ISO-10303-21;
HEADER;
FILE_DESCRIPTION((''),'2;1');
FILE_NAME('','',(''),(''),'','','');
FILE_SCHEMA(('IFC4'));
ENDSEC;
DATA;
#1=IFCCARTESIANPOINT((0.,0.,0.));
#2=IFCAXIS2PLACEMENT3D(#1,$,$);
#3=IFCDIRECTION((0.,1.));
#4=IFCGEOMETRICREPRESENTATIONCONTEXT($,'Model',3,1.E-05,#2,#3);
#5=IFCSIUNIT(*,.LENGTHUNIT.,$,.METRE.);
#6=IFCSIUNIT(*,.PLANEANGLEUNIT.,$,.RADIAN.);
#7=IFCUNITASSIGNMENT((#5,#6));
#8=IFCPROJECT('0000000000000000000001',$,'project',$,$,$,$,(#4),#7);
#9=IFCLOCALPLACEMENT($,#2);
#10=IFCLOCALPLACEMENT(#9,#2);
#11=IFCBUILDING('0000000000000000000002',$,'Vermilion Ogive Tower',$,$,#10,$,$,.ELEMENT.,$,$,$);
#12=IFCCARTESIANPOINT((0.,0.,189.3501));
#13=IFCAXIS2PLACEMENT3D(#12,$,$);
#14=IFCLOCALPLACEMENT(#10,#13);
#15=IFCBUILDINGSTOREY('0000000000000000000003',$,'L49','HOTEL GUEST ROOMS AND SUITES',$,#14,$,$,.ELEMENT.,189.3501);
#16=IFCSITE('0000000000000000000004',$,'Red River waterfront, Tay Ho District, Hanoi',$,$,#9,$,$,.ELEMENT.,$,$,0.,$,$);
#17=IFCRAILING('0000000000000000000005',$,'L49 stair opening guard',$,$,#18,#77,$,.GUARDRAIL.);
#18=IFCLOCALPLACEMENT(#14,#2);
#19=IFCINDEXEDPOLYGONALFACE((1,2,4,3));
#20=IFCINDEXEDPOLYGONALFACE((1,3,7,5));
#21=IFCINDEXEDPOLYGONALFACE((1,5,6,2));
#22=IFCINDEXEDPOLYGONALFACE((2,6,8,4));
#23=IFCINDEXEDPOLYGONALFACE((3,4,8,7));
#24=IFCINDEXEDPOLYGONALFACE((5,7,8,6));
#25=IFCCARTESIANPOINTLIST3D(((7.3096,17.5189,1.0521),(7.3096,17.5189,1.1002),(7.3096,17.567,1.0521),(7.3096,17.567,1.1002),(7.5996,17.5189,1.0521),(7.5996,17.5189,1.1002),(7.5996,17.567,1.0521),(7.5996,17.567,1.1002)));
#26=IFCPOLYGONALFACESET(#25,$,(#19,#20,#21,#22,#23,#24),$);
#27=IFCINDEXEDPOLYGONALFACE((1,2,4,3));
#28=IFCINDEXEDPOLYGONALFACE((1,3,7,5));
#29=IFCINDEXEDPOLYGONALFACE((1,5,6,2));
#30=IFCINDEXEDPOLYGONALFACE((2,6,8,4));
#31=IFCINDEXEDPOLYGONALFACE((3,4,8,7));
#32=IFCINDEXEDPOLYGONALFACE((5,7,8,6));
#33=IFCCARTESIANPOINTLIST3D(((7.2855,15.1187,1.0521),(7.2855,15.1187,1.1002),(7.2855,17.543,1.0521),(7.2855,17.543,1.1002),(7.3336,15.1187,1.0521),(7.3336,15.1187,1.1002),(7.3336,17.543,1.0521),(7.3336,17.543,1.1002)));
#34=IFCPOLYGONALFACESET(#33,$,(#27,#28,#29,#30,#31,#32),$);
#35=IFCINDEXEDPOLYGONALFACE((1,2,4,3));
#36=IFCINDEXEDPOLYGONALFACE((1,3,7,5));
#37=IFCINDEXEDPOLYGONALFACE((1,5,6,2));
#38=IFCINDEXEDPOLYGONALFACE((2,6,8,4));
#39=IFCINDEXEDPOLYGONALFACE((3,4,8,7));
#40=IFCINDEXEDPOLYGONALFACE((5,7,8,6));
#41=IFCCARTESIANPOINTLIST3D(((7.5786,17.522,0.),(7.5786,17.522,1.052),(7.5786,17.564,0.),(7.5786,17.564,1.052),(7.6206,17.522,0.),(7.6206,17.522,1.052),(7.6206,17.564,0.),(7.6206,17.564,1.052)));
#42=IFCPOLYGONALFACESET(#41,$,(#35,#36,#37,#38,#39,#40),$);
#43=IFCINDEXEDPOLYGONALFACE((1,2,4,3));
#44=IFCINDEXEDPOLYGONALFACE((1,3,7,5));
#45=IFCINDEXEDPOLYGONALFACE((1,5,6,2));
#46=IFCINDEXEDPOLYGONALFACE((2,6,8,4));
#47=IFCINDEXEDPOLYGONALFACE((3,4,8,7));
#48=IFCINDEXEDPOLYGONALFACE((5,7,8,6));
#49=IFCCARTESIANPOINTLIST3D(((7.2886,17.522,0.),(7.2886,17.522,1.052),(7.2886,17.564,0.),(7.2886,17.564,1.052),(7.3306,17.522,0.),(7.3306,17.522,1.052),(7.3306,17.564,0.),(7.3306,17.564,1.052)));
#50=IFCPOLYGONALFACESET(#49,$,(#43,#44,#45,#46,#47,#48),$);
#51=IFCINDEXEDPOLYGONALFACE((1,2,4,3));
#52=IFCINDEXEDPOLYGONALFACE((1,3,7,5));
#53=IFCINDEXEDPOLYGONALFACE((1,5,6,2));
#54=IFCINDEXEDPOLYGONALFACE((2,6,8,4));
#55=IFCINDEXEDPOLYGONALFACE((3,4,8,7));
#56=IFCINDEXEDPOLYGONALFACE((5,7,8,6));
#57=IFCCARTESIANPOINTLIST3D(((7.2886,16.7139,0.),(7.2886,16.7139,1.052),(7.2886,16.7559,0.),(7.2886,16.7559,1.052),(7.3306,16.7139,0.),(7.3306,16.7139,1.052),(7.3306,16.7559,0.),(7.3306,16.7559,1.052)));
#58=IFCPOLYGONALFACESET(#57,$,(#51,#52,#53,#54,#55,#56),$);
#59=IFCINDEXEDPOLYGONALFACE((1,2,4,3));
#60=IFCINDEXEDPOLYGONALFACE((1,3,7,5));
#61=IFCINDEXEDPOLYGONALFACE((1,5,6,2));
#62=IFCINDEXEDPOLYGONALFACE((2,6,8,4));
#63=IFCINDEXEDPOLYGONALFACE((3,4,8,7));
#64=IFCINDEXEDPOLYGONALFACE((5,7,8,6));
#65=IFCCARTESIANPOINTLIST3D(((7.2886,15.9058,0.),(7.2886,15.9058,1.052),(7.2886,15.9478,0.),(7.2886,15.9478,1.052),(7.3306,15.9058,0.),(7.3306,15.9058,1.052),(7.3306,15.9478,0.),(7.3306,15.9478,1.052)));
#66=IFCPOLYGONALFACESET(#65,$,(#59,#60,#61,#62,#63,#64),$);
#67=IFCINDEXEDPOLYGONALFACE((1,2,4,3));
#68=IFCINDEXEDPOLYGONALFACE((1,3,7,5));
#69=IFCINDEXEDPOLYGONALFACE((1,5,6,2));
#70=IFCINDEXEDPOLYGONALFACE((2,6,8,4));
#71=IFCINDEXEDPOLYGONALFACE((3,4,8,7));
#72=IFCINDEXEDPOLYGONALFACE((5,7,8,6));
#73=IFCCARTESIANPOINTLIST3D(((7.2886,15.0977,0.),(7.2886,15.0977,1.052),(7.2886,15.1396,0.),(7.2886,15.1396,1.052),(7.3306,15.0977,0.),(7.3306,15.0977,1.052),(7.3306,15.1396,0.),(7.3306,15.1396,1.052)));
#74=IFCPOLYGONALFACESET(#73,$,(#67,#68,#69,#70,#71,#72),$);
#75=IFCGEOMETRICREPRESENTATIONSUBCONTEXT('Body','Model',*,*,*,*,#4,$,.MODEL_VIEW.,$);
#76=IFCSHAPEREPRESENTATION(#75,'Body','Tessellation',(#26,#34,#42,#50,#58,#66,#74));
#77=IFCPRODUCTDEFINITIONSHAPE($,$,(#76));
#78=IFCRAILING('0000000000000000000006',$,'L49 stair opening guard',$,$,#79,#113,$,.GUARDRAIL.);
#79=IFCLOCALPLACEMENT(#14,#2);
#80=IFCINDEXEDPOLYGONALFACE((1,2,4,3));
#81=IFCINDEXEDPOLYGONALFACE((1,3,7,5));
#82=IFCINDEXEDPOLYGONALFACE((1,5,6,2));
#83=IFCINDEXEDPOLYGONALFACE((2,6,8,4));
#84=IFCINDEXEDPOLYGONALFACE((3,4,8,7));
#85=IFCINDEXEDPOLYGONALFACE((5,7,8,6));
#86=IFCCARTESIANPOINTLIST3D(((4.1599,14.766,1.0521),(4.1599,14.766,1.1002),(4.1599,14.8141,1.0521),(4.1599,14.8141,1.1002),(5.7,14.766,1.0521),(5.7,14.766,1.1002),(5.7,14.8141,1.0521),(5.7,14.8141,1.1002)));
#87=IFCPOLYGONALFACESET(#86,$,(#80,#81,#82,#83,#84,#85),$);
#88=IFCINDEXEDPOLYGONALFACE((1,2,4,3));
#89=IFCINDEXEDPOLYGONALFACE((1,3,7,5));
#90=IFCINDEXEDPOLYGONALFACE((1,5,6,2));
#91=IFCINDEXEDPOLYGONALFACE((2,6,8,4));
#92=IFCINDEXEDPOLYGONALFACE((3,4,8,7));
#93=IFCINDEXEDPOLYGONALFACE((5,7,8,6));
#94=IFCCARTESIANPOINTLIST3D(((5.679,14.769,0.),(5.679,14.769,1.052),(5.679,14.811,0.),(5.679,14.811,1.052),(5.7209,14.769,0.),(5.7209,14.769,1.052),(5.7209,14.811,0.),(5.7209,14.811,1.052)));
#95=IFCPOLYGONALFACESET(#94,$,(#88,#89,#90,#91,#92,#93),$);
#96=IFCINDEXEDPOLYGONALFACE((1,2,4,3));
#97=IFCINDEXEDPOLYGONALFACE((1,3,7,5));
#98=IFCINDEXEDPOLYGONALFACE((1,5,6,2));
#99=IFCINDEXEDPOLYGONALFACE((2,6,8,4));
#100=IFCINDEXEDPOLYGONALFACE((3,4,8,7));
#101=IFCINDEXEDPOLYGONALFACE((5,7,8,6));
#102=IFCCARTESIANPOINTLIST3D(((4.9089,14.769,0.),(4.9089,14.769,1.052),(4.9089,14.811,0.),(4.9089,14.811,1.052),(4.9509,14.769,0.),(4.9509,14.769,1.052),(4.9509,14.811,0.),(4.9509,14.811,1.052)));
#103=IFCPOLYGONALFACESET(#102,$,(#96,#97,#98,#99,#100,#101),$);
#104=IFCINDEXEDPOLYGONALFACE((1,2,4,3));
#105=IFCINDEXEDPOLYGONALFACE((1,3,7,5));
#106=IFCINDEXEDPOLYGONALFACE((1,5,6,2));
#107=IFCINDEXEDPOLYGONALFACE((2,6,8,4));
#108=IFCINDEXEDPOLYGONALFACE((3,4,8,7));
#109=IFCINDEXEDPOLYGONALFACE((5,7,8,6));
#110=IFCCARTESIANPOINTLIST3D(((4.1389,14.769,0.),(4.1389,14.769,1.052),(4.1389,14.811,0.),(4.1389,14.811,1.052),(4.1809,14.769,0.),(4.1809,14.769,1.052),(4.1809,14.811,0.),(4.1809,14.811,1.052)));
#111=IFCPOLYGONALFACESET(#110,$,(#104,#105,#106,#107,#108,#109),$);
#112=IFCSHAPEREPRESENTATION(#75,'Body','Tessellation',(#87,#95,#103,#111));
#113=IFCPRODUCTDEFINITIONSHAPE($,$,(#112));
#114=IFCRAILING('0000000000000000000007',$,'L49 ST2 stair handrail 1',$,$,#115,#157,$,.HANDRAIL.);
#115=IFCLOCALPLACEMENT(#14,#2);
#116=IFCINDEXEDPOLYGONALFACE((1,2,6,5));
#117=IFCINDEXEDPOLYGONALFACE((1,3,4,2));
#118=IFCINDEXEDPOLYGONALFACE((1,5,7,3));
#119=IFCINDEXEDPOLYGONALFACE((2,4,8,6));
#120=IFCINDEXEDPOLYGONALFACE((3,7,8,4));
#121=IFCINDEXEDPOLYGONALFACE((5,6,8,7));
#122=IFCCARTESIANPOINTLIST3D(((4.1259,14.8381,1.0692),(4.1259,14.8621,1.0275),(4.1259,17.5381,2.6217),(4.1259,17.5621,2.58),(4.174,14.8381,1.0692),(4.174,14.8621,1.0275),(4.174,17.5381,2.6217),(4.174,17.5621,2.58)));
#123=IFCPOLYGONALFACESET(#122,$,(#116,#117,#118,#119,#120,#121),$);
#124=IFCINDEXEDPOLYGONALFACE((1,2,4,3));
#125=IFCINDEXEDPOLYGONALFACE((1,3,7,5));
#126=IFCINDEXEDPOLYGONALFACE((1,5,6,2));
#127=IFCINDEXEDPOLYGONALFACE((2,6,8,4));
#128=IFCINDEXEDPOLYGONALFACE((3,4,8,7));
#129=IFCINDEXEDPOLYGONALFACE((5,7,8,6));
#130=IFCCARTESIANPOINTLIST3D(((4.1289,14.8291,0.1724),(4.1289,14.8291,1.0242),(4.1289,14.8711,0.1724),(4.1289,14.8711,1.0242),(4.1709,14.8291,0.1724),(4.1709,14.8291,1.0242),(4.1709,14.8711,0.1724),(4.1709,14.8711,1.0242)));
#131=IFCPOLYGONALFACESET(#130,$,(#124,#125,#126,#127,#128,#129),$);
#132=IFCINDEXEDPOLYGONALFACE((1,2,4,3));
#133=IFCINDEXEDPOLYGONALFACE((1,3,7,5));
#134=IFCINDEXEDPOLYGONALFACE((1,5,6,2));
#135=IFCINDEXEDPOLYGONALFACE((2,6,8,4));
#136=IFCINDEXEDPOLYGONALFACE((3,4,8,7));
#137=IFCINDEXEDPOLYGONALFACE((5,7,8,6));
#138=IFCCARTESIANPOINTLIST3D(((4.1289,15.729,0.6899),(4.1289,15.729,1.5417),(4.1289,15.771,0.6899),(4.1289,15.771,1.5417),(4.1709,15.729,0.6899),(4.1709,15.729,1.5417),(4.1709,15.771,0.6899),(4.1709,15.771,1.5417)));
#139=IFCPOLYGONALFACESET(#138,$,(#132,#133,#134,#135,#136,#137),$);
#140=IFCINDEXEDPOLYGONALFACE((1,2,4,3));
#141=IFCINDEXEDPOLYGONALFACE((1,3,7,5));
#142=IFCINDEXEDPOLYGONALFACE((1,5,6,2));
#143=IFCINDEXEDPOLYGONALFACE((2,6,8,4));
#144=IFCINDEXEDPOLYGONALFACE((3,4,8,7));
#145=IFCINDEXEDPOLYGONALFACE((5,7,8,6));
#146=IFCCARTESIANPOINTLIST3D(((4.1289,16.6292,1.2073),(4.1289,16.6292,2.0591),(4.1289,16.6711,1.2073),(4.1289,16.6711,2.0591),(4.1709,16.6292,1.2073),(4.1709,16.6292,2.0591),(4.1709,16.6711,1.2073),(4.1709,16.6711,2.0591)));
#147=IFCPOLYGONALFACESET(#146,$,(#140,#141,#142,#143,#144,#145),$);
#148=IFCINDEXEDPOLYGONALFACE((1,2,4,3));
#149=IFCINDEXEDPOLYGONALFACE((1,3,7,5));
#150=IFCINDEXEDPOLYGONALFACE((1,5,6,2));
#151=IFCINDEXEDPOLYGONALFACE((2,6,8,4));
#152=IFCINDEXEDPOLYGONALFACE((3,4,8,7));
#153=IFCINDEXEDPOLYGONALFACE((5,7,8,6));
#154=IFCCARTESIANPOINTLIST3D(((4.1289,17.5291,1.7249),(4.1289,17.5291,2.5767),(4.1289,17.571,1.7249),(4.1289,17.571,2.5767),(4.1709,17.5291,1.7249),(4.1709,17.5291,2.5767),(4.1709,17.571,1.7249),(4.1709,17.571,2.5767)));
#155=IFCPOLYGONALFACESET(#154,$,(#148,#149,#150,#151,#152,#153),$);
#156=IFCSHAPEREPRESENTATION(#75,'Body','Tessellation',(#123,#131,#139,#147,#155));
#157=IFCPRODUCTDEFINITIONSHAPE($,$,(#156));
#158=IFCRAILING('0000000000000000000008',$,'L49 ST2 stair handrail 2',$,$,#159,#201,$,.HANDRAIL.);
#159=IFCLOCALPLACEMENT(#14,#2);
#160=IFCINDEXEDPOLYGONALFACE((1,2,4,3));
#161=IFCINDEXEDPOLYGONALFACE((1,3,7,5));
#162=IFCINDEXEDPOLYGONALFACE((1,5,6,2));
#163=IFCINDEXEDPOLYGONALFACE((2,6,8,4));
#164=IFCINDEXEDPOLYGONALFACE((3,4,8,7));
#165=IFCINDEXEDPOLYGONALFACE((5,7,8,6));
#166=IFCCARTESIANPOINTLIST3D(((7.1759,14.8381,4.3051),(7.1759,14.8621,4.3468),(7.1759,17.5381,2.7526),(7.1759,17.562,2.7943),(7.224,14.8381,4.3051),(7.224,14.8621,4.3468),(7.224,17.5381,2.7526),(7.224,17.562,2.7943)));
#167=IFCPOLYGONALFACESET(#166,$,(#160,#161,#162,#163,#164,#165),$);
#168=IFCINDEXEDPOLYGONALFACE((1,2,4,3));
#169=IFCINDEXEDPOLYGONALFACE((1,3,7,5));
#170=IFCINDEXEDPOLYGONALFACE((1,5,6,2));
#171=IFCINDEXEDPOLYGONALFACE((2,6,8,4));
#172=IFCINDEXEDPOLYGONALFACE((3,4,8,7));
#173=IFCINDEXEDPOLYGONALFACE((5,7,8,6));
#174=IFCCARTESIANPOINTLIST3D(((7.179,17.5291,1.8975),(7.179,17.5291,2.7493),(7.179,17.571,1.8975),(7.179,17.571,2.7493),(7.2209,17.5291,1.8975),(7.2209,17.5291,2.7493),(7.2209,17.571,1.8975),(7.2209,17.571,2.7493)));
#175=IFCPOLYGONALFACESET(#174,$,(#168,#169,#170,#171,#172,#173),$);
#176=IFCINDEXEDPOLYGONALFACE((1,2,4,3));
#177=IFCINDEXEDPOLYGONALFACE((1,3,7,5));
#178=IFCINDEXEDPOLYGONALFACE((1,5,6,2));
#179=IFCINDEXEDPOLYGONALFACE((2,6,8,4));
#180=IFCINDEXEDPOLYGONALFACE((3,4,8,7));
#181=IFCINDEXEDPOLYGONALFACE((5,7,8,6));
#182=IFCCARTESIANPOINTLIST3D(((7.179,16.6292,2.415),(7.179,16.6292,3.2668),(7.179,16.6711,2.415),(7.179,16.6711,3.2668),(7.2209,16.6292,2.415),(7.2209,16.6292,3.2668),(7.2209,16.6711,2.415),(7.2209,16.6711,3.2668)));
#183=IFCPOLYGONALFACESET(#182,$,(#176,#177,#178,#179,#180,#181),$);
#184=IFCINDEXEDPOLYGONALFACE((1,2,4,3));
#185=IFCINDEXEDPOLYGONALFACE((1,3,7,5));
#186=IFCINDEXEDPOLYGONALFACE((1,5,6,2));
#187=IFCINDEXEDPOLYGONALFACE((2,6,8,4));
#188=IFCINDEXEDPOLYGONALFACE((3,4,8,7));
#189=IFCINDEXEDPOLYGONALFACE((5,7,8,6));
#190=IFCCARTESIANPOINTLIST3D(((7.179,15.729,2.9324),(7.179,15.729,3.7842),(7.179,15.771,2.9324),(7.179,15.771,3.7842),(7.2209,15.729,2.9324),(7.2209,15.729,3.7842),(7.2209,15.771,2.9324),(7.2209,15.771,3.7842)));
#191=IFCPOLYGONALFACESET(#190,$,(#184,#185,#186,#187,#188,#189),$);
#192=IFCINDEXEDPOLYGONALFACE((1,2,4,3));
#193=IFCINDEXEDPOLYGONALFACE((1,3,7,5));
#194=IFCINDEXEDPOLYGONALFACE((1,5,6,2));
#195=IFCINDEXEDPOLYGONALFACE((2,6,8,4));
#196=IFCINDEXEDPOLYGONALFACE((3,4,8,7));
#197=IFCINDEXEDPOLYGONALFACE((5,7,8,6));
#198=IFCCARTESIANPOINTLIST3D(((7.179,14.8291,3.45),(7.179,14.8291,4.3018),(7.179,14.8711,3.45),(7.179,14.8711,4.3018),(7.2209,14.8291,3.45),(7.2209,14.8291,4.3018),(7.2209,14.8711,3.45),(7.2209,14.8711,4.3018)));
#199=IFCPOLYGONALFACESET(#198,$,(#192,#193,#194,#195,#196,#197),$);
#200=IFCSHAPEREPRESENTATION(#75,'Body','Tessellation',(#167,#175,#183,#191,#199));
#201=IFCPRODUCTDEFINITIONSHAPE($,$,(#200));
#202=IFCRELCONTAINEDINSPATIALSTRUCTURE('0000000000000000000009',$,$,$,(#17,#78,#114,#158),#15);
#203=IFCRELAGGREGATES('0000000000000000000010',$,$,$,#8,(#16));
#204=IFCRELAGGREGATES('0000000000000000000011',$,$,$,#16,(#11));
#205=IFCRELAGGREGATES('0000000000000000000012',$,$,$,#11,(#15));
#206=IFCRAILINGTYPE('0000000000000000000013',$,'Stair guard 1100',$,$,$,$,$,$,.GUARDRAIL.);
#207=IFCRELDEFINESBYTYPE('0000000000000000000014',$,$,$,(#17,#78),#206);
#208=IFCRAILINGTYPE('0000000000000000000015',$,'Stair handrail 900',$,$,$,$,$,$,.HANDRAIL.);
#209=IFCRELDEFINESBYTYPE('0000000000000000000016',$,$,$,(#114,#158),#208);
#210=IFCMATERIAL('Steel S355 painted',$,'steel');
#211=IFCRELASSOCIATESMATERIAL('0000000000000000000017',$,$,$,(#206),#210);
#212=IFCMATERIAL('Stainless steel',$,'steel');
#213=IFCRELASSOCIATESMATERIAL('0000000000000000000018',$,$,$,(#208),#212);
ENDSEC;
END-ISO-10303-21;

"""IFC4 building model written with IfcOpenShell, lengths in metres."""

from ifc_helpers import new_model, si_unit, direction, frame, origin, origin_2d, place, context, subcontext, project, spatial, rectangle, extrude, material, type_object, element, save


model = new_model("IFC4")

# Units and contexts
model_context = context("Model", 3, precision=1e-05, world=origin(), true_north=direction((0.0, 1.0)))
body_context = subcontext(model_context, "Body", "Model", "MODEL_VIEW")
ifc_project = project(units=[si_unit("LENGTHUNIT", "METRE"), si_unit("PLANEANGLEUNIT", "RADIAN")], contexts=[model_context])

# Site, building, storey
site_placement = place(None, origin())
site = spatial("IfcSite", under=ifc_project, at=site_placement, Name="Red River waterfront, Tay Ho District, Hanoi", CompositionType="ELEMENT", RefElevation=0.0)
building_placement = place(site_placement, origin())
building = spatial("IfcBuilding", under=site, at=building_placement, Name="Vermilion Ogive Tower", CompositionType="ELEMENT")
storey_placement = place(building_placement, frame((0.0, 0.0, 189.3501)))
storey = spatial("IfcBuildingStorey", under=building, at=storey_placement, Name="L49", Description="HOTEL GUEST ROOMS AND SUITES", CompositionType="ELEMENT", Elevation=189.3501)

# Railings
ifc_material_1 = material(Name="Steel S355 painted", Category="steel")
railing_type_1 = type_object("IfcRailingType", Name="Stair guard 1100", PredefinedType="GUARDRAIL", material=ifc_material_1)
railing_1_placement = place(storey_placement, frame((7.5996, 17.543, 0.0)))
element("IfcRailing", 1, at=railing_1_placement, inside=storey, type_object=railing_type_1, Name="L49 stair opening guard", PredefinedType="GUARDRAIL", context=body_context, shape_type="SweptSolid", body=[
    extrude(rectangle(XDim=0.0481, YDim=0.0481, at=origin_2d()), frame((0.0, 0.0, 1.0762), z_axis=(-1.0, 0.0, 0.0), x_axis=(0.0, -1.0, 0.0)), (0.0, 0.0, 1.0), 0.29),
    extrude(rectangle(XDim=0.0481, YDim=0.0481, at=origin_2d()), frame((-0.29, 0.0, 1.0762), z_axis=(0.0, -1.0, 0.0), x_axis=(1.0, 0.0, 0.0)), (0.0, 0.0, 1.0), 2.4243),
    extrude(rectangle(XDim=0.042, YDim=0.042, at=origin_2d()), origin(), (0.0, 0.0, 1.0), 1.052),
    extrude(rectangle(XDim=0.042, YDim=0.042, at=origin_2d()), frame((-0.29, 0.0, 0.0)), (0.0, 0.0, 1.0), 1.052),
    extrude(rectangle(XDim=0.042, YDim=0.042, at=origin_2d()), frame((-0.29, -0.8081, 0.0)), (0.0, 0.0, 1.0), 1.052),
    extrude(rectangle(XDim=0.042, YDim=0.042, at=origin_2d()), frame((-0.29, -1.6162, 0.0)), (0.0, 0.0, 1.0), 1.052),
    extrude(rectangle(XDim=0.042, YDim=0.042, at=origin_2d()), frame((-0.29, -2.4243, 0.0)), (0.0, 0.0, 1.0), 1.052),
])
railing_2_placement = place(storey_placement, frame((5.7, 14.79, 0.0)))
element("IfcRailing", 2, at=railing_2_placement, inside=storey, type_object=railing_type_1, Name="L49 stair opening guard", PredefinedType="GUARDRAIL", context=body_context, shape_type="SweptSolid", body=[
    extrude(rectangle(XDim=0.0481, YDim=0.0481, at=origin_2d()), frame((0.0, 0.0, 1.0762), z_axis=(-1.0, 0.0, 0.0), x_axis=(0.0, -1.0, 0.0)), (0.0, 0.0, 1.0), 1.54),
    extrude(rectangle(XDim=0.042, YDim=0.042, at=origin_2d()), origin(), (0.0, 0.0, 1.0), 1.052),
    extrude(rectangle(XDim=0.042, YDim=0.042, at=origin_2d()), frame((-0.77, 0.0, 0.0)), (0.0, 0.0, 1.0), 1.052),
    extrude(rectangle(XDim=0.042, YDim=0.042, at=origin_2d()), frame((-1.54, 0.0, 0.0)), (0.0, 0.0, 1.0), 1.052),
])
ifc_material_2 = material(Name="Stainless steel", Category="steel")
railing_type_2 = type_object("IfcRailingType", Name="Stair handrail 900", PredefinedType="HANDRAIL", material=ifc_material_2)
railing_3_placement = place(storey_placement, frame((4.1499, 14.8501, 0.1724)))
element("IfcRailing", 3, at=railing_3_placement, inside=storey, type_object=railing_type_2, Name="L49 ST2 stair handrail 1", PredefinedType="HANDRAIL", context=body_context, shape_type="SweptSolid", body=[
    extrude(rectangle(XDim=0.0481, YDim=0.0481, at=origin_2d()), frame((0.0, 0.0, 0.876), z_axis=(0.0, 0.866904, 0.498476), x_axis=(-1.0, 0.0, 0.0)), (0.0, 0.0, 1.0), 3.1145),
    extrude(rectangle(XDim=0.042, YDim=0.042, at=origin_2d()), origin(), (0.0, 0.0, 1.0), 0.8518),
    extrude(rectangle(XDim=0.042, YDim=0.042, at=origin_2d()), frame((0.0, 0.8999, 0.5176)), (0.0, 0.0, 1.0), 0.8518),
    extrude(rectangle(XDim=0.042, YDim=0.042, at=origin_2d()), frame((0.0, 1.8, 1.0349)), (0.0, 0.0, 1.0), 0.8518),
    extrude(rectangle(XDim=0.042, YDim=0.042, at=origin_2d()), frame((0.0, 2.7, 1.5525)), (0.0, 0.0, 1.0), 0.8518),
])
railing_4_placement = place(storey_placement, frame((7.2, 17.55, 1.8975)))
element("IfcRailing", 4, at=railing_4_placement, inside=storey, type_object=railing_type_2, Name="L49 ST2 stair handrail 2", PredefinedType="HANDRAIL", context=body_context, shape_type="SweptSolid", body=[
    extrude(rectangle(XDim=0.0481, YDim=0.0481, at=origin_2d()), frame((0.0, 0.0, 0.876), z_axis=(0.0, -0.866904, 0.498476), x_axis=(1.0, 0.0, 0.0)), (0.0, 0.0, 1.0), 3.1145),
    extrude(rectangle(XDim=0.042, YDim=0.042, at=origin_2d()), origin(), (0.0, 0.0, 1.0), 0.8518),
    extrude(rectangle(XDim=0.042, YDim=0.042, at=origin_2d()), frame((0.0, -0.8999, 0.5176)), (0.0, 0.0, 1.0), 0.8518),
    extrude(rectangle(XDim=0.042, YDim=0.042, at=origin_2d()), frame((0.0, -1.8, 1.0349)), (0.0, 0.0, 1.0), 0.8518),
    extrude(rectangle(XDim=0.042, YDim=0.042, at=origin_2d()), frame((0.0, -2.7, 1.5525)), (0.0, 0.0, 1.0), 0.8518),
])

save(model, "model.ifc")
